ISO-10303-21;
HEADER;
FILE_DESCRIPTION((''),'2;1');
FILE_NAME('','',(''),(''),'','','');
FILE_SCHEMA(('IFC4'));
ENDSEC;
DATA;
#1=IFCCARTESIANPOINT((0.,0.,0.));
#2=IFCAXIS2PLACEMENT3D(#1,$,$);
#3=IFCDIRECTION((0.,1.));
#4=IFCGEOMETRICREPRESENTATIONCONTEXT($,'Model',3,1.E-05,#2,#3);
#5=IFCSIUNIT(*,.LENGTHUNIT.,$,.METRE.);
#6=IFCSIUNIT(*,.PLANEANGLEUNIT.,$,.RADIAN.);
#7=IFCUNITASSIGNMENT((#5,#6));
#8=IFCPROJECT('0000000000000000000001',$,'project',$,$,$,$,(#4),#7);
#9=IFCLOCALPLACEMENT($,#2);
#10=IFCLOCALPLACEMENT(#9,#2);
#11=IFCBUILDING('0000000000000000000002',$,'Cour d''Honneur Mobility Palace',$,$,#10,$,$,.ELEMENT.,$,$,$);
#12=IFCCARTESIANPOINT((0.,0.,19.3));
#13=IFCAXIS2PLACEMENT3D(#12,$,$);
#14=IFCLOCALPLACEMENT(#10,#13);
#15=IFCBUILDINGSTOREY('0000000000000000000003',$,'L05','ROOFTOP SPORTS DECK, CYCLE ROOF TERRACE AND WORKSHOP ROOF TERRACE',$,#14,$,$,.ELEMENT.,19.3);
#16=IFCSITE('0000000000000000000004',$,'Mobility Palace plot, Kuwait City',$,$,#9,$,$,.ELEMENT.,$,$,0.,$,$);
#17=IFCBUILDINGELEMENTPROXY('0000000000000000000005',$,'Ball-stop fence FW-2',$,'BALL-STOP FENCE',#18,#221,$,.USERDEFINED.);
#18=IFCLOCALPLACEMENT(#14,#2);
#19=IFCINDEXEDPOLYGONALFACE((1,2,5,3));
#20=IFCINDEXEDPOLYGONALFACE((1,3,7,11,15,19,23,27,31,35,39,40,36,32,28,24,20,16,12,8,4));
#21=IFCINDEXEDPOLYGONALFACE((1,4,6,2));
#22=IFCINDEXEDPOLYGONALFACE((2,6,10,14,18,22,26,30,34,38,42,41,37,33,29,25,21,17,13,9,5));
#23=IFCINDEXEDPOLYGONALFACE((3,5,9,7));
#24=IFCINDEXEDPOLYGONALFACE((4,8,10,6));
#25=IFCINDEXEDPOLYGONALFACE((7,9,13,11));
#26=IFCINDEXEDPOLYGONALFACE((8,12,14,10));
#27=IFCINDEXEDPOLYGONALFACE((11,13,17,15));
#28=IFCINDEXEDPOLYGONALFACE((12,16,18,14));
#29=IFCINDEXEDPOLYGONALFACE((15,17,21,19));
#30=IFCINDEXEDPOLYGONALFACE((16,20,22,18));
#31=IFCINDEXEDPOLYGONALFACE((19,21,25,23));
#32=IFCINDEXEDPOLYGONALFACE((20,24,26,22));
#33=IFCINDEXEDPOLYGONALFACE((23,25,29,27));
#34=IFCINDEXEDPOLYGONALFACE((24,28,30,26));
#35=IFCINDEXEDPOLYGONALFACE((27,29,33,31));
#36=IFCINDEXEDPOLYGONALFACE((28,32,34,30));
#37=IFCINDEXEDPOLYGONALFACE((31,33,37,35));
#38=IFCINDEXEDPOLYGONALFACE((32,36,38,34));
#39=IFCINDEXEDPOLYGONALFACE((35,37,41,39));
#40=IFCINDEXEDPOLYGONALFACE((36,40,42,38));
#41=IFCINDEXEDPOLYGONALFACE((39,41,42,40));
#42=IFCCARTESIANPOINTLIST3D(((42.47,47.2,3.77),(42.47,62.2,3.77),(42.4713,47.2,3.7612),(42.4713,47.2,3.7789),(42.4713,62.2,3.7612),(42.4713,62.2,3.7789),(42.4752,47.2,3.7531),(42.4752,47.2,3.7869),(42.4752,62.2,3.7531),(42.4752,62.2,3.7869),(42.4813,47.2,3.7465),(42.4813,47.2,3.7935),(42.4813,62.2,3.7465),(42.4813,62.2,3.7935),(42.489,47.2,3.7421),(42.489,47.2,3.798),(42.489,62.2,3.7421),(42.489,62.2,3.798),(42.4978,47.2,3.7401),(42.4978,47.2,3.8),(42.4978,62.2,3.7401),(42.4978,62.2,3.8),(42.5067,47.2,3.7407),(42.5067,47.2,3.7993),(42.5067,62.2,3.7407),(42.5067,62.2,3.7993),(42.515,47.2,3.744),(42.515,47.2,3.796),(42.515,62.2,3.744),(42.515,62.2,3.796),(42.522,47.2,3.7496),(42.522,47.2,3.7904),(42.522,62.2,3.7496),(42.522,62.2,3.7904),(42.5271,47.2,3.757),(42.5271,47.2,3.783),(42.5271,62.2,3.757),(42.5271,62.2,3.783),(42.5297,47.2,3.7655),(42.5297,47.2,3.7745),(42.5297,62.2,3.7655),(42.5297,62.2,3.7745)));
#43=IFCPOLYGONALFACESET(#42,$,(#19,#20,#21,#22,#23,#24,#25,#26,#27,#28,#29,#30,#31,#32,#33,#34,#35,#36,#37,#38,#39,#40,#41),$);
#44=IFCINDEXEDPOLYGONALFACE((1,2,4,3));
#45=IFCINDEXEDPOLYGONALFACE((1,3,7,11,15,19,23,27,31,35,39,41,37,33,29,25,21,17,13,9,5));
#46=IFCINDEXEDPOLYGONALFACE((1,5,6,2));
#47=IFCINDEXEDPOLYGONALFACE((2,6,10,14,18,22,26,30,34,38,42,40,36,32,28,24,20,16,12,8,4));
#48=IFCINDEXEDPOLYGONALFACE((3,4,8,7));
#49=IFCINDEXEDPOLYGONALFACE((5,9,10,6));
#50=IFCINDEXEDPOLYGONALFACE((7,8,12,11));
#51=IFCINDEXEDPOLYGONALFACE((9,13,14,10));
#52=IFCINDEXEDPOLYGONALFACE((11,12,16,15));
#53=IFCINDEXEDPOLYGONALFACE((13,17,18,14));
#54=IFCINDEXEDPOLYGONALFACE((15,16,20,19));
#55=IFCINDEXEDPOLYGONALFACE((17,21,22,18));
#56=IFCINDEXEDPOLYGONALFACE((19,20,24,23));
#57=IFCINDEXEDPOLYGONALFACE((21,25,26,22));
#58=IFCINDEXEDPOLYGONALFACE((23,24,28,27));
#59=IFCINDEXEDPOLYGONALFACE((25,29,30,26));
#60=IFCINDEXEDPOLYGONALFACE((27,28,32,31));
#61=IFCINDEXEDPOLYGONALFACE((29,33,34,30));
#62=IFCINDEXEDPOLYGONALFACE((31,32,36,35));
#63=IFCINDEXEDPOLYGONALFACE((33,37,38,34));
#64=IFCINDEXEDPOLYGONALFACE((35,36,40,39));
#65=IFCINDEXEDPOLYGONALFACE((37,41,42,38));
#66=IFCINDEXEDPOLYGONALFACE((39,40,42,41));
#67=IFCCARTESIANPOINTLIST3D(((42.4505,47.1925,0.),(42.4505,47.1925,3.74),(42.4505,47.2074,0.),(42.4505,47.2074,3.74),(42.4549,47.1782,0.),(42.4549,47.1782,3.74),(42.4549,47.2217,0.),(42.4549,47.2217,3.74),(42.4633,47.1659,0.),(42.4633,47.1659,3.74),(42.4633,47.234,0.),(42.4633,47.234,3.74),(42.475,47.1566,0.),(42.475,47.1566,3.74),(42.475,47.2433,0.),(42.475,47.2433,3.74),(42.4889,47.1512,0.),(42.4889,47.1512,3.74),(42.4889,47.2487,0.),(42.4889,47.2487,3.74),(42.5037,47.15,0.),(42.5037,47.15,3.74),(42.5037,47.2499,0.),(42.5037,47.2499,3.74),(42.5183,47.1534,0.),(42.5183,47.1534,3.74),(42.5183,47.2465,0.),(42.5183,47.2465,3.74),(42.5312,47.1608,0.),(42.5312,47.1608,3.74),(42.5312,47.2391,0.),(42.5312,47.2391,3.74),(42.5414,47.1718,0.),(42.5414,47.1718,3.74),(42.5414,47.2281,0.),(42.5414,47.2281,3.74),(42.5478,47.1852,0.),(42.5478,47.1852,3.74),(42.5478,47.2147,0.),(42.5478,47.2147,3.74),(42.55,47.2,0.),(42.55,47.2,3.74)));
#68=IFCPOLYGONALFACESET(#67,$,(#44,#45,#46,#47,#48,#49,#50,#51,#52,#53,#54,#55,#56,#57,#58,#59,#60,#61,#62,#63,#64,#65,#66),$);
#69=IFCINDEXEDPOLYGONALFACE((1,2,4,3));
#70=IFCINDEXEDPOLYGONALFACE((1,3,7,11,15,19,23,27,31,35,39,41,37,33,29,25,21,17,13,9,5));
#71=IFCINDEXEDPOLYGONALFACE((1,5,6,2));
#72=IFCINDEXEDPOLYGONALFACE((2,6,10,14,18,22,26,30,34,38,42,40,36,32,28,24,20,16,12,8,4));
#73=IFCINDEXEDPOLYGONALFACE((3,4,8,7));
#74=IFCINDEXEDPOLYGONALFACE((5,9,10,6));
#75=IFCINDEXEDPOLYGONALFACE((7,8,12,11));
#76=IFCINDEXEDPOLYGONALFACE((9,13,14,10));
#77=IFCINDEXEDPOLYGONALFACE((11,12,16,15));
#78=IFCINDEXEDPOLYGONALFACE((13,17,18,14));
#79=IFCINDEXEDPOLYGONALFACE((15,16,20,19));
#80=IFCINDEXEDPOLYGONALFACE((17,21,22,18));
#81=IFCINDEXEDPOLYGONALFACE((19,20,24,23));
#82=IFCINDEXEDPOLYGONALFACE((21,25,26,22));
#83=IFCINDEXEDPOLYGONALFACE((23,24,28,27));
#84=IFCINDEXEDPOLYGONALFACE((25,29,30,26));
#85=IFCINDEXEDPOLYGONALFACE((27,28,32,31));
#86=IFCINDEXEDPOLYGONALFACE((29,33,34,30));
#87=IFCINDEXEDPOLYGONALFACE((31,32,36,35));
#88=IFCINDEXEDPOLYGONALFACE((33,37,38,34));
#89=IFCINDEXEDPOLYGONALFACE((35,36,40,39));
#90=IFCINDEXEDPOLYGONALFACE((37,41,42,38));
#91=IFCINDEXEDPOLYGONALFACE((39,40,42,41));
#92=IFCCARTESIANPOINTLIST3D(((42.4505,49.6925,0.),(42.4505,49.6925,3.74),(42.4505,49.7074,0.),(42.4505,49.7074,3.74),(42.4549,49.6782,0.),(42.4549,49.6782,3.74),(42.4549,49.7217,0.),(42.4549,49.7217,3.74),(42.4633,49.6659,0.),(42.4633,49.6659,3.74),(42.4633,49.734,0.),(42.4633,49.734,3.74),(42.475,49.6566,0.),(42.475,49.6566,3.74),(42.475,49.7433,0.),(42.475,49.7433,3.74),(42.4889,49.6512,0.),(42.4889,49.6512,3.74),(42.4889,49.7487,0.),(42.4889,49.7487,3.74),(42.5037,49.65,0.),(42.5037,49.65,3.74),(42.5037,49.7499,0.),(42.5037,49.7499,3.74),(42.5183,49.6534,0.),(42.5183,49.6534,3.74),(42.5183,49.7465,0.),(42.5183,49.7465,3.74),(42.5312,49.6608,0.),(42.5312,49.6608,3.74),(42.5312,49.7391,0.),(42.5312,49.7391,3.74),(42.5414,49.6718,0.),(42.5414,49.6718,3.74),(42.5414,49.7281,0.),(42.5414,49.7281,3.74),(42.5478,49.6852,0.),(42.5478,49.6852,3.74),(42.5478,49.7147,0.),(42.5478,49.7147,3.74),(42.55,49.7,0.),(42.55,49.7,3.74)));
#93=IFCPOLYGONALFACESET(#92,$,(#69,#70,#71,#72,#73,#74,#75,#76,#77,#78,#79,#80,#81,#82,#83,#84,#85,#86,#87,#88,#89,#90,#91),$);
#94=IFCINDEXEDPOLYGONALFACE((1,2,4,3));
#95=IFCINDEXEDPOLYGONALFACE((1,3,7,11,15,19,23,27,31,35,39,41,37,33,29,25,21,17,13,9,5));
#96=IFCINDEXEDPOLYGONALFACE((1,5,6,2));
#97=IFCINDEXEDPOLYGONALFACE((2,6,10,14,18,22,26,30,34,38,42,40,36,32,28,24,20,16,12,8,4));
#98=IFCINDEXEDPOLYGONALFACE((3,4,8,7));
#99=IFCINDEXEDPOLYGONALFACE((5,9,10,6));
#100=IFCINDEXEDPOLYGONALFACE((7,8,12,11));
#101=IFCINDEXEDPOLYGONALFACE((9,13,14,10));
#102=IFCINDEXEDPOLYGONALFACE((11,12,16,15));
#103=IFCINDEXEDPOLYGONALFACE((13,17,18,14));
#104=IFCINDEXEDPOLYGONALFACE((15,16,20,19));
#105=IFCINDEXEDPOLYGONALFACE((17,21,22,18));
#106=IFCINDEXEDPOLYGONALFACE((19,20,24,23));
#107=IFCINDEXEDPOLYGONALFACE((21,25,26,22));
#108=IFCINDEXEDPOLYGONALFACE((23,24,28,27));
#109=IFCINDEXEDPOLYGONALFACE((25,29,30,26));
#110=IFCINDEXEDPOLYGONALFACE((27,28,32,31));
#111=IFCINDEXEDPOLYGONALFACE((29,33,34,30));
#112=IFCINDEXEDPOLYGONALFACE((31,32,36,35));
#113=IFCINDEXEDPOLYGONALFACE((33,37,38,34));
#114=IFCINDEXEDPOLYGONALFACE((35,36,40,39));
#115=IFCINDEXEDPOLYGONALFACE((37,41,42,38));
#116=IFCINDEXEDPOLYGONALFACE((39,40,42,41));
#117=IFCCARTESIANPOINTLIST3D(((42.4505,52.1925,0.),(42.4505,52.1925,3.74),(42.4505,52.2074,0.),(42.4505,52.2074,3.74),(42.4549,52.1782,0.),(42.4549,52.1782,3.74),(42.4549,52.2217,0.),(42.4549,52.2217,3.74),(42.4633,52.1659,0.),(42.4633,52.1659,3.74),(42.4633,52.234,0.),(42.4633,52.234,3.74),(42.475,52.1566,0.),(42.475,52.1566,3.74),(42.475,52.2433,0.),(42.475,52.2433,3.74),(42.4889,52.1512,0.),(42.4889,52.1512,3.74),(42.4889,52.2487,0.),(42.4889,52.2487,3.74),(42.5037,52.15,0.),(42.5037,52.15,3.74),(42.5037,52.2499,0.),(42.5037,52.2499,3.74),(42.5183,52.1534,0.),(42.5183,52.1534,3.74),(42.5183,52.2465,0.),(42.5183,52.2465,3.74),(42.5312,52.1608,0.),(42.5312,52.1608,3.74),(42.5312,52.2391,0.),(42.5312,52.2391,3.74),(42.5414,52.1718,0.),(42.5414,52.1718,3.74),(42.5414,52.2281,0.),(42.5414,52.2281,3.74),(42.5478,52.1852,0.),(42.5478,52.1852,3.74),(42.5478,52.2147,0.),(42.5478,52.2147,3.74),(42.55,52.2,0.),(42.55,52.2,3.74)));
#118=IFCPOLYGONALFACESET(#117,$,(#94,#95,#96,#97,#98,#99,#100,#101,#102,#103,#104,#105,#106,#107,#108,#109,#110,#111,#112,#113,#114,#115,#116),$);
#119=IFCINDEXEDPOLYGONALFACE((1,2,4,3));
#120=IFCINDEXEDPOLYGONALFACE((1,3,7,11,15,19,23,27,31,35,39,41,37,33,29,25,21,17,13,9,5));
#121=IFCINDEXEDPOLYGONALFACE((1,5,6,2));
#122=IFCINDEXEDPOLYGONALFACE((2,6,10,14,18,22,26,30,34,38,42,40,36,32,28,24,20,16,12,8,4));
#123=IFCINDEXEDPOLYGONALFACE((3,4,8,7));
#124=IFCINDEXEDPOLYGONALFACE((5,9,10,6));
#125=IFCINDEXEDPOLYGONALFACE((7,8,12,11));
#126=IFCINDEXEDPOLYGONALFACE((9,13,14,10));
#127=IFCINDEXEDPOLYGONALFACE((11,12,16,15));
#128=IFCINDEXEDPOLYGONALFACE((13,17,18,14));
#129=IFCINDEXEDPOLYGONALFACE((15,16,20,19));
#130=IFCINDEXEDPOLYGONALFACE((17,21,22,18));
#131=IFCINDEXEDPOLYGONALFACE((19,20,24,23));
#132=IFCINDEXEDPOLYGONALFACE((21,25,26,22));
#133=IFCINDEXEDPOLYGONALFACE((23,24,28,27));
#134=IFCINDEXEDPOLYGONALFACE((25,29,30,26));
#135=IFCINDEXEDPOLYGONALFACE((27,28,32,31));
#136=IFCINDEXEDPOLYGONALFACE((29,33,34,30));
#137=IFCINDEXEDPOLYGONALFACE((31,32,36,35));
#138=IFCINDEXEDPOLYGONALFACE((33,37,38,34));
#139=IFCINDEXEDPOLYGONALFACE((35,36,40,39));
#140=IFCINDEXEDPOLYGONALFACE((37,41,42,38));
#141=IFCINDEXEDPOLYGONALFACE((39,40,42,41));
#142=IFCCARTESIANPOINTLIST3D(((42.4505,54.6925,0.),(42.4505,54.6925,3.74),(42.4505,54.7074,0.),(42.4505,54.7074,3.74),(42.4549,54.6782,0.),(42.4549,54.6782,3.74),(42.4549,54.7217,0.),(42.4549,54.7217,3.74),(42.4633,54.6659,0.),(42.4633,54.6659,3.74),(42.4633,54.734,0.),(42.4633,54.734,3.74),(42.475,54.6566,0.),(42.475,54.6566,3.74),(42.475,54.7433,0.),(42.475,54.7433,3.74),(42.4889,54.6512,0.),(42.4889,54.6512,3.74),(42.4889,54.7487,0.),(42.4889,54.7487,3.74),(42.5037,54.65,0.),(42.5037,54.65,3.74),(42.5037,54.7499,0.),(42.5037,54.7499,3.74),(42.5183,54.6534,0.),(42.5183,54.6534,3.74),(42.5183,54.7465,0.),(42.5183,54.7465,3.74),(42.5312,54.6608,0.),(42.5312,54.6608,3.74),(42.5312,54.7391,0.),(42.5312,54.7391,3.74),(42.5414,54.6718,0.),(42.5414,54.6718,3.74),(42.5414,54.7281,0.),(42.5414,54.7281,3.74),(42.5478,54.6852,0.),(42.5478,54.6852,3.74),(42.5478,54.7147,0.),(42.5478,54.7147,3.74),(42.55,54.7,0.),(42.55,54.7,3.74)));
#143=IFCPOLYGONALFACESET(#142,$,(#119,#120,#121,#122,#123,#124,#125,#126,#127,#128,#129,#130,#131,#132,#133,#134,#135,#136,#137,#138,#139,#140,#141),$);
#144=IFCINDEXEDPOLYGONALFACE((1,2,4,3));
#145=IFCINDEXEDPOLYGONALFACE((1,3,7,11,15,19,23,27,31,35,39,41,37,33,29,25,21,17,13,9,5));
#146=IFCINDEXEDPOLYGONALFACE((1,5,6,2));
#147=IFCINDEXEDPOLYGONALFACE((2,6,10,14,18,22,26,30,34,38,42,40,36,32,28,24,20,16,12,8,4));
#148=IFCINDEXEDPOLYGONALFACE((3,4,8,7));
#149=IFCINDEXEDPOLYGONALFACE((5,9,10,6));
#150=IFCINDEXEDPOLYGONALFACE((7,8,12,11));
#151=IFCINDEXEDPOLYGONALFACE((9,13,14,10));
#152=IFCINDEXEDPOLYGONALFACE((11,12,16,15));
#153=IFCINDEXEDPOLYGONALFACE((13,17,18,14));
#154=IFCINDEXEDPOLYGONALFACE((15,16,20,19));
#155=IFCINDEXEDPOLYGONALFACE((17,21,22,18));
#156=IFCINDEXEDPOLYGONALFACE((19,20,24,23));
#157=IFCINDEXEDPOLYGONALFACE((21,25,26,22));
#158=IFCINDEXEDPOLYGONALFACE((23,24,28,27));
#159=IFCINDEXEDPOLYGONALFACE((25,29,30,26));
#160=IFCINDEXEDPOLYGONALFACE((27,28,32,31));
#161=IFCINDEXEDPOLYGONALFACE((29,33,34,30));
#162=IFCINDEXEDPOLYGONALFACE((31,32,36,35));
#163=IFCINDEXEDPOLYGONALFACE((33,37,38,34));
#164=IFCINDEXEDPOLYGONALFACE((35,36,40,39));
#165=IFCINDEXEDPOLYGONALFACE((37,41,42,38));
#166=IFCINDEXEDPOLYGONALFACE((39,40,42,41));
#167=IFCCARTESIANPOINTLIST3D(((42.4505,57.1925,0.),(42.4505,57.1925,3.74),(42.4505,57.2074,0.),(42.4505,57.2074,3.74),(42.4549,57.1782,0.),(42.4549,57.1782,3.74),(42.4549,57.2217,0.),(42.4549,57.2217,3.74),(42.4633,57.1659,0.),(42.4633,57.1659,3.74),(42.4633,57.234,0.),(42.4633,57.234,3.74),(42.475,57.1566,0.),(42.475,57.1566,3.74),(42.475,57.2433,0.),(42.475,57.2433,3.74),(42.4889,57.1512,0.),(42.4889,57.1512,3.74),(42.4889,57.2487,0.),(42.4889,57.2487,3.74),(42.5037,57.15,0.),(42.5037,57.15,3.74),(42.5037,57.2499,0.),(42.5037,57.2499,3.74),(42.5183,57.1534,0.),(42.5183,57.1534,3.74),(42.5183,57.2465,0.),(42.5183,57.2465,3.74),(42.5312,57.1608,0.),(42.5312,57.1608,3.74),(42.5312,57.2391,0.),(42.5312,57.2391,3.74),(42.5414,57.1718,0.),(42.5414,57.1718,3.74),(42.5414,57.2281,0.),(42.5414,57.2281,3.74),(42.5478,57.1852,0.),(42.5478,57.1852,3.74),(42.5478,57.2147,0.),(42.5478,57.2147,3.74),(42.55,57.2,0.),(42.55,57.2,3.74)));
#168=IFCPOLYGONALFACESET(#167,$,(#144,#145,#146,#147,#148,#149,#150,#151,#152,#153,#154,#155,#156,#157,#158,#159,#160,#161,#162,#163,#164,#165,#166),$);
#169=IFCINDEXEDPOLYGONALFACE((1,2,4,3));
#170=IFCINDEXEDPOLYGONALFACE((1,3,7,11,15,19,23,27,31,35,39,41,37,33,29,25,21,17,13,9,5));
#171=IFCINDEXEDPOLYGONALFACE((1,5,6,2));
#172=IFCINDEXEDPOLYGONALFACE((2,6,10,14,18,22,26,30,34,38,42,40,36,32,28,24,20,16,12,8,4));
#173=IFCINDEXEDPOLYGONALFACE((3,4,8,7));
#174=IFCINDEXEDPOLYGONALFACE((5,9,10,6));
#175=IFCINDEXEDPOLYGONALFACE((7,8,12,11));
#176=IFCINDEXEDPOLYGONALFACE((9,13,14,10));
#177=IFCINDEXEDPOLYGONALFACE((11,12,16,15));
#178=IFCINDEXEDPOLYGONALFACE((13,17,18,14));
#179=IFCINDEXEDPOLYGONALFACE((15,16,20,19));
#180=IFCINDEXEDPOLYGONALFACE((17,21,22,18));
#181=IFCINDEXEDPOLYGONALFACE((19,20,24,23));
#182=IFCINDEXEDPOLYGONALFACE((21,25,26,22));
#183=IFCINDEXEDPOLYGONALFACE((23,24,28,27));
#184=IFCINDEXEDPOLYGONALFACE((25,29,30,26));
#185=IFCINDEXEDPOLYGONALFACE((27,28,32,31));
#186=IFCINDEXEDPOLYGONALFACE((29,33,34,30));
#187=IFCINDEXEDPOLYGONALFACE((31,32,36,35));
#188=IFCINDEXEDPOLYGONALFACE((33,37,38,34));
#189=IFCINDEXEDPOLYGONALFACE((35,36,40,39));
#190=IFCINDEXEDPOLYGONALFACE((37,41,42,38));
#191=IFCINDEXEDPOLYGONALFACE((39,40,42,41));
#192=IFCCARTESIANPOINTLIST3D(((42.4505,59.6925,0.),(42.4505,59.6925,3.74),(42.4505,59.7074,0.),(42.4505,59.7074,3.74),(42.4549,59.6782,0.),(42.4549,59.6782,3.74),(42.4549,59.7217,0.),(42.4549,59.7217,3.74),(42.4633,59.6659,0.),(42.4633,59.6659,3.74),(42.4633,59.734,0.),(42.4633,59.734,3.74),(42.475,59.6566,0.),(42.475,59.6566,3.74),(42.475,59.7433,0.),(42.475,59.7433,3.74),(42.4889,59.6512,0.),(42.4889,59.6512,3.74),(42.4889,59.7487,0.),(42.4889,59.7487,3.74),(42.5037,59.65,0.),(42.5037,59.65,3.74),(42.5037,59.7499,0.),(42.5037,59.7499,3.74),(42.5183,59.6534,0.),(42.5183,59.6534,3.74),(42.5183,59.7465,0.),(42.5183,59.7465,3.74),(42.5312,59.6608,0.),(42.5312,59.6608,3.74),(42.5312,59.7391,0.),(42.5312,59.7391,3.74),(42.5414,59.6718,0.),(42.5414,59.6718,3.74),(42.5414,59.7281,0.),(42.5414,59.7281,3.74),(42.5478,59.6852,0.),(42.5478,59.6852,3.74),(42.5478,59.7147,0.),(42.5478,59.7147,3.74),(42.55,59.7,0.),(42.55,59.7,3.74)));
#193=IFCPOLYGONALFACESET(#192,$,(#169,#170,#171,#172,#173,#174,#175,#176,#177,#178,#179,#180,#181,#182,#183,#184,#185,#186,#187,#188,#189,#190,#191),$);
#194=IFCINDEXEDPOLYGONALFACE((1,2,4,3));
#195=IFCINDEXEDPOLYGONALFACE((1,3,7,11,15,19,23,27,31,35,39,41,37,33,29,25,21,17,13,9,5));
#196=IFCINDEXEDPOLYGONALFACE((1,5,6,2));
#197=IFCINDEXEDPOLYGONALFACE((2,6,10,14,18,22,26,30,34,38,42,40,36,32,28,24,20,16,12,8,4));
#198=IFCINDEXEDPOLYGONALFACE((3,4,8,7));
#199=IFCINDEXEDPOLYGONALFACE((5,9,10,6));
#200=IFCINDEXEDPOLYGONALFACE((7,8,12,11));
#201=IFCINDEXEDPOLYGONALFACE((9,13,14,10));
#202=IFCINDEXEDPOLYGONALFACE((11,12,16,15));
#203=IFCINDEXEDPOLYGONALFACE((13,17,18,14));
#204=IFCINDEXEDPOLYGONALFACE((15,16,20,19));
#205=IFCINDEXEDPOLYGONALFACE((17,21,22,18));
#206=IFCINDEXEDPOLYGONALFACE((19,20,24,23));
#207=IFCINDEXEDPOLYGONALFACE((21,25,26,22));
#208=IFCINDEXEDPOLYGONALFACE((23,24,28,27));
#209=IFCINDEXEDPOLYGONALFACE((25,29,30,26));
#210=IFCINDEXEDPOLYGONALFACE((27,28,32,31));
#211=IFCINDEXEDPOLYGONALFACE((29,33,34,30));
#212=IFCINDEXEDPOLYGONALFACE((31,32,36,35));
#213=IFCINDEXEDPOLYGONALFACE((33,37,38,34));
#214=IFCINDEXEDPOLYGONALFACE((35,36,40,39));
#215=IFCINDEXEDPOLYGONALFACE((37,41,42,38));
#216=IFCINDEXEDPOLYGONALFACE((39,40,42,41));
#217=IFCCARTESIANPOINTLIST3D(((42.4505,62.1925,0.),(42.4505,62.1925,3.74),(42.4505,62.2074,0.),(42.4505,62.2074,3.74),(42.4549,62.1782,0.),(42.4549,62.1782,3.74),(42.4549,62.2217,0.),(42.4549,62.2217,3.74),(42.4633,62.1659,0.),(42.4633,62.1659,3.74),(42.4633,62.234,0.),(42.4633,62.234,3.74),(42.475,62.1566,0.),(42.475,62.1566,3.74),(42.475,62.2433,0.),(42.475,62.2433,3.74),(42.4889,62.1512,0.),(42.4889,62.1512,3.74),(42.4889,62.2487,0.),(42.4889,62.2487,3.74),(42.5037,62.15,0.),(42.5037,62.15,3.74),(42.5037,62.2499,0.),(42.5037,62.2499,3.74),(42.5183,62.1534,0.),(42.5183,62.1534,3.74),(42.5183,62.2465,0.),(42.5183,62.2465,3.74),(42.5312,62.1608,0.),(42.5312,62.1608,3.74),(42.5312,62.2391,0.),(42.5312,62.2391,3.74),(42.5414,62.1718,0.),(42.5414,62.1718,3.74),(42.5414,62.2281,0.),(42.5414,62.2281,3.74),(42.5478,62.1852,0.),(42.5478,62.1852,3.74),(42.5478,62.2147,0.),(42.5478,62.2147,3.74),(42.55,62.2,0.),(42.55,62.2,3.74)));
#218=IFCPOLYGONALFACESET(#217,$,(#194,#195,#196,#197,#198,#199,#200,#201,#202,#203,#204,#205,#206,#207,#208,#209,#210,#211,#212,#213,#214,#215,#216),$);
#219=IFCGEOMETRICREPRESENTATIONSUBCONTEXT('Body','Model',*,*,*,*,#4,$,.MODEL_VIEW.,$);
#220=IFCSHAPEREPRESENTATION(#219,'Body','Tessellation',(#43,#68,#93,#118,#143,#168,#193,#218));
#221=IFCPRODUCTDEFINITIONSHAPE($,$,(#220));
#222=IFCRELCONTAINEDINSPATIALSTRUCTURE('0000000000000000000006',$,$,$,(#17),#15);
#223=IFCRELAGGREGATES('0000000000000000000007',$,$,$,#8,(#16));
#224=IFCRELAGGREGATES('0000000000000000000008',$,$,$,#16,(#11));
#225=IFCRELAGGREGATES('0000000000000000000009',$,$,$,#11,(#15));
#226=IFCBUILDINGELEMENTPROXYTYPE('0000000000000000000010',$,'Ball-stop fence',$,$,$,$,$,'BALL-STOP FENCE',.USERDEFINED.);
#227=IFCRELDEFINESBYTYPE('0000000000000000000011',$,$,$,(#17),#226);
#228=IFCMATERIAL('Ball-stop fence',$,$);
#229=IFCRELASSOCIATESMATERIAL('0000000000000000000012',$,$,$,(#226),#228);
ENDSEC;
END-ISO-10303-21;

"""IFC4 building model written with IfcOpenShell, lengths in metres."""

from ifc_helpers import new_model, si_unit, direction, frame, origin, origin_2d, place, context, subcontext, project, spatial, circle, extrude, material, type_object, element, save


model = new_model("IFC4")

# Units and contexts
model_context = context("Model", 3, precision=1e-05, world=origin(), true_north=direction((0.0, 1.0)))
body_context = subcontext(model_context, "Body", "Model", "MODEL_VIEW")
ifc_project = project(units=[si_unit("LENGTHUNIT", "METRE"), si_unit("PLANEANGLEUNIT", "RADIAN")], contexts=[model_context])

# Site, building, storey
site_placement = place(None, origin())
site = spatial("IfcSite", under=ifc_project, at=site_placement, Name="Mobility Palace plot, Kuwait City", CompositionType="ELEMENT", RefElevation=0.0)
building_placement = place(site_placement, origin())
building = spatial("IfcBuilding", under=site, at=building_placement, Name="Cour d'Honneur Mobility Palace", CompositionType="ELEMENT")
storey_placement = place(building_placement, frame((0.0, 0.0, 19.3)))
storey = spatial("IfcBuildingStorey", under=building, at=storey_placement, Name="L05", Description="ROOFTOP SPORTS DECK, CYCLE ROOF TERRACE AND WORKSHOP ROOF TERRACE", CompositionType="ELEMENT", Elevation=19.3)

# Building element proxy
ifc_material_1 = material(Name="Ball-stop fence")
building_element_proxy_type = type_object("IfcBuildingElementProxyType", Name="Ball-stop fence", ElementType="BALL-STOP FENCE", PredefinedType="USERDEFINED", material=ifc_material_1)
proxy_1_placement = place(storey_placement, frame((42.5, 47.2, 0.0)))
element("IfcBuildingElementProxy", 1, at=proxy_1_placement, inside=storey, type_object=building_element_proxy_type, Name="Ball-stop fence FW-2", ObjectType="BALL-STOP FENCE", PredefinedType="USERDEFINED", context=body_context, shape_type="SweptSolid", body=[
    extrude(circle(Radius=0.03, at=origin_2d()), frame((0.0, 0.0, 3.77), z_axis=(0.0, 1.0, 0.0), x_axis=(-1.0, 0.0, 0.0)), (0.0, 0.0, 1.0), 15.0),
    extrude(circle(Radius=0.05, at=origin_2d()), origin(), (0.0, 0.0, 1.0), 3.74),
    extrude(circle(Radius=0.05, at=origin_2d()), frame((0.0, 2.5, 0.0)), (0.0, 0.0, 1.0), 3.74),
    extrude(circle(Radius=0.05, at=origin_2d()), frame((0.0, 5.0, 0.0)), (0.0, 0.0, 1.0), 3.74),
    extrude(circle(Radius=0.05, at=origin_2d()), frame((0.0, 7.5, 0.0)), (0.0, 0.0, 1.0), 3.74),
    extrude(circle(Radius=0.05, at=origin_2d()), frame((0.0, 10.0, 0.0)), (0.0, 0.0, 1.0), 3.74),
    extrude(circle(Radius=0.05, at=origin_2d()), frame((0.0, 12.5, 0.0)), (0.0, 0.0, 1.0), 3.74),
    extrude(circle(Radius=0.05, at=origin_2d()), frame((0.0, 15.0, 0.0)), (0.0, 0.0, 1.0), 3.74),
])

save(model, "model.ifc")
